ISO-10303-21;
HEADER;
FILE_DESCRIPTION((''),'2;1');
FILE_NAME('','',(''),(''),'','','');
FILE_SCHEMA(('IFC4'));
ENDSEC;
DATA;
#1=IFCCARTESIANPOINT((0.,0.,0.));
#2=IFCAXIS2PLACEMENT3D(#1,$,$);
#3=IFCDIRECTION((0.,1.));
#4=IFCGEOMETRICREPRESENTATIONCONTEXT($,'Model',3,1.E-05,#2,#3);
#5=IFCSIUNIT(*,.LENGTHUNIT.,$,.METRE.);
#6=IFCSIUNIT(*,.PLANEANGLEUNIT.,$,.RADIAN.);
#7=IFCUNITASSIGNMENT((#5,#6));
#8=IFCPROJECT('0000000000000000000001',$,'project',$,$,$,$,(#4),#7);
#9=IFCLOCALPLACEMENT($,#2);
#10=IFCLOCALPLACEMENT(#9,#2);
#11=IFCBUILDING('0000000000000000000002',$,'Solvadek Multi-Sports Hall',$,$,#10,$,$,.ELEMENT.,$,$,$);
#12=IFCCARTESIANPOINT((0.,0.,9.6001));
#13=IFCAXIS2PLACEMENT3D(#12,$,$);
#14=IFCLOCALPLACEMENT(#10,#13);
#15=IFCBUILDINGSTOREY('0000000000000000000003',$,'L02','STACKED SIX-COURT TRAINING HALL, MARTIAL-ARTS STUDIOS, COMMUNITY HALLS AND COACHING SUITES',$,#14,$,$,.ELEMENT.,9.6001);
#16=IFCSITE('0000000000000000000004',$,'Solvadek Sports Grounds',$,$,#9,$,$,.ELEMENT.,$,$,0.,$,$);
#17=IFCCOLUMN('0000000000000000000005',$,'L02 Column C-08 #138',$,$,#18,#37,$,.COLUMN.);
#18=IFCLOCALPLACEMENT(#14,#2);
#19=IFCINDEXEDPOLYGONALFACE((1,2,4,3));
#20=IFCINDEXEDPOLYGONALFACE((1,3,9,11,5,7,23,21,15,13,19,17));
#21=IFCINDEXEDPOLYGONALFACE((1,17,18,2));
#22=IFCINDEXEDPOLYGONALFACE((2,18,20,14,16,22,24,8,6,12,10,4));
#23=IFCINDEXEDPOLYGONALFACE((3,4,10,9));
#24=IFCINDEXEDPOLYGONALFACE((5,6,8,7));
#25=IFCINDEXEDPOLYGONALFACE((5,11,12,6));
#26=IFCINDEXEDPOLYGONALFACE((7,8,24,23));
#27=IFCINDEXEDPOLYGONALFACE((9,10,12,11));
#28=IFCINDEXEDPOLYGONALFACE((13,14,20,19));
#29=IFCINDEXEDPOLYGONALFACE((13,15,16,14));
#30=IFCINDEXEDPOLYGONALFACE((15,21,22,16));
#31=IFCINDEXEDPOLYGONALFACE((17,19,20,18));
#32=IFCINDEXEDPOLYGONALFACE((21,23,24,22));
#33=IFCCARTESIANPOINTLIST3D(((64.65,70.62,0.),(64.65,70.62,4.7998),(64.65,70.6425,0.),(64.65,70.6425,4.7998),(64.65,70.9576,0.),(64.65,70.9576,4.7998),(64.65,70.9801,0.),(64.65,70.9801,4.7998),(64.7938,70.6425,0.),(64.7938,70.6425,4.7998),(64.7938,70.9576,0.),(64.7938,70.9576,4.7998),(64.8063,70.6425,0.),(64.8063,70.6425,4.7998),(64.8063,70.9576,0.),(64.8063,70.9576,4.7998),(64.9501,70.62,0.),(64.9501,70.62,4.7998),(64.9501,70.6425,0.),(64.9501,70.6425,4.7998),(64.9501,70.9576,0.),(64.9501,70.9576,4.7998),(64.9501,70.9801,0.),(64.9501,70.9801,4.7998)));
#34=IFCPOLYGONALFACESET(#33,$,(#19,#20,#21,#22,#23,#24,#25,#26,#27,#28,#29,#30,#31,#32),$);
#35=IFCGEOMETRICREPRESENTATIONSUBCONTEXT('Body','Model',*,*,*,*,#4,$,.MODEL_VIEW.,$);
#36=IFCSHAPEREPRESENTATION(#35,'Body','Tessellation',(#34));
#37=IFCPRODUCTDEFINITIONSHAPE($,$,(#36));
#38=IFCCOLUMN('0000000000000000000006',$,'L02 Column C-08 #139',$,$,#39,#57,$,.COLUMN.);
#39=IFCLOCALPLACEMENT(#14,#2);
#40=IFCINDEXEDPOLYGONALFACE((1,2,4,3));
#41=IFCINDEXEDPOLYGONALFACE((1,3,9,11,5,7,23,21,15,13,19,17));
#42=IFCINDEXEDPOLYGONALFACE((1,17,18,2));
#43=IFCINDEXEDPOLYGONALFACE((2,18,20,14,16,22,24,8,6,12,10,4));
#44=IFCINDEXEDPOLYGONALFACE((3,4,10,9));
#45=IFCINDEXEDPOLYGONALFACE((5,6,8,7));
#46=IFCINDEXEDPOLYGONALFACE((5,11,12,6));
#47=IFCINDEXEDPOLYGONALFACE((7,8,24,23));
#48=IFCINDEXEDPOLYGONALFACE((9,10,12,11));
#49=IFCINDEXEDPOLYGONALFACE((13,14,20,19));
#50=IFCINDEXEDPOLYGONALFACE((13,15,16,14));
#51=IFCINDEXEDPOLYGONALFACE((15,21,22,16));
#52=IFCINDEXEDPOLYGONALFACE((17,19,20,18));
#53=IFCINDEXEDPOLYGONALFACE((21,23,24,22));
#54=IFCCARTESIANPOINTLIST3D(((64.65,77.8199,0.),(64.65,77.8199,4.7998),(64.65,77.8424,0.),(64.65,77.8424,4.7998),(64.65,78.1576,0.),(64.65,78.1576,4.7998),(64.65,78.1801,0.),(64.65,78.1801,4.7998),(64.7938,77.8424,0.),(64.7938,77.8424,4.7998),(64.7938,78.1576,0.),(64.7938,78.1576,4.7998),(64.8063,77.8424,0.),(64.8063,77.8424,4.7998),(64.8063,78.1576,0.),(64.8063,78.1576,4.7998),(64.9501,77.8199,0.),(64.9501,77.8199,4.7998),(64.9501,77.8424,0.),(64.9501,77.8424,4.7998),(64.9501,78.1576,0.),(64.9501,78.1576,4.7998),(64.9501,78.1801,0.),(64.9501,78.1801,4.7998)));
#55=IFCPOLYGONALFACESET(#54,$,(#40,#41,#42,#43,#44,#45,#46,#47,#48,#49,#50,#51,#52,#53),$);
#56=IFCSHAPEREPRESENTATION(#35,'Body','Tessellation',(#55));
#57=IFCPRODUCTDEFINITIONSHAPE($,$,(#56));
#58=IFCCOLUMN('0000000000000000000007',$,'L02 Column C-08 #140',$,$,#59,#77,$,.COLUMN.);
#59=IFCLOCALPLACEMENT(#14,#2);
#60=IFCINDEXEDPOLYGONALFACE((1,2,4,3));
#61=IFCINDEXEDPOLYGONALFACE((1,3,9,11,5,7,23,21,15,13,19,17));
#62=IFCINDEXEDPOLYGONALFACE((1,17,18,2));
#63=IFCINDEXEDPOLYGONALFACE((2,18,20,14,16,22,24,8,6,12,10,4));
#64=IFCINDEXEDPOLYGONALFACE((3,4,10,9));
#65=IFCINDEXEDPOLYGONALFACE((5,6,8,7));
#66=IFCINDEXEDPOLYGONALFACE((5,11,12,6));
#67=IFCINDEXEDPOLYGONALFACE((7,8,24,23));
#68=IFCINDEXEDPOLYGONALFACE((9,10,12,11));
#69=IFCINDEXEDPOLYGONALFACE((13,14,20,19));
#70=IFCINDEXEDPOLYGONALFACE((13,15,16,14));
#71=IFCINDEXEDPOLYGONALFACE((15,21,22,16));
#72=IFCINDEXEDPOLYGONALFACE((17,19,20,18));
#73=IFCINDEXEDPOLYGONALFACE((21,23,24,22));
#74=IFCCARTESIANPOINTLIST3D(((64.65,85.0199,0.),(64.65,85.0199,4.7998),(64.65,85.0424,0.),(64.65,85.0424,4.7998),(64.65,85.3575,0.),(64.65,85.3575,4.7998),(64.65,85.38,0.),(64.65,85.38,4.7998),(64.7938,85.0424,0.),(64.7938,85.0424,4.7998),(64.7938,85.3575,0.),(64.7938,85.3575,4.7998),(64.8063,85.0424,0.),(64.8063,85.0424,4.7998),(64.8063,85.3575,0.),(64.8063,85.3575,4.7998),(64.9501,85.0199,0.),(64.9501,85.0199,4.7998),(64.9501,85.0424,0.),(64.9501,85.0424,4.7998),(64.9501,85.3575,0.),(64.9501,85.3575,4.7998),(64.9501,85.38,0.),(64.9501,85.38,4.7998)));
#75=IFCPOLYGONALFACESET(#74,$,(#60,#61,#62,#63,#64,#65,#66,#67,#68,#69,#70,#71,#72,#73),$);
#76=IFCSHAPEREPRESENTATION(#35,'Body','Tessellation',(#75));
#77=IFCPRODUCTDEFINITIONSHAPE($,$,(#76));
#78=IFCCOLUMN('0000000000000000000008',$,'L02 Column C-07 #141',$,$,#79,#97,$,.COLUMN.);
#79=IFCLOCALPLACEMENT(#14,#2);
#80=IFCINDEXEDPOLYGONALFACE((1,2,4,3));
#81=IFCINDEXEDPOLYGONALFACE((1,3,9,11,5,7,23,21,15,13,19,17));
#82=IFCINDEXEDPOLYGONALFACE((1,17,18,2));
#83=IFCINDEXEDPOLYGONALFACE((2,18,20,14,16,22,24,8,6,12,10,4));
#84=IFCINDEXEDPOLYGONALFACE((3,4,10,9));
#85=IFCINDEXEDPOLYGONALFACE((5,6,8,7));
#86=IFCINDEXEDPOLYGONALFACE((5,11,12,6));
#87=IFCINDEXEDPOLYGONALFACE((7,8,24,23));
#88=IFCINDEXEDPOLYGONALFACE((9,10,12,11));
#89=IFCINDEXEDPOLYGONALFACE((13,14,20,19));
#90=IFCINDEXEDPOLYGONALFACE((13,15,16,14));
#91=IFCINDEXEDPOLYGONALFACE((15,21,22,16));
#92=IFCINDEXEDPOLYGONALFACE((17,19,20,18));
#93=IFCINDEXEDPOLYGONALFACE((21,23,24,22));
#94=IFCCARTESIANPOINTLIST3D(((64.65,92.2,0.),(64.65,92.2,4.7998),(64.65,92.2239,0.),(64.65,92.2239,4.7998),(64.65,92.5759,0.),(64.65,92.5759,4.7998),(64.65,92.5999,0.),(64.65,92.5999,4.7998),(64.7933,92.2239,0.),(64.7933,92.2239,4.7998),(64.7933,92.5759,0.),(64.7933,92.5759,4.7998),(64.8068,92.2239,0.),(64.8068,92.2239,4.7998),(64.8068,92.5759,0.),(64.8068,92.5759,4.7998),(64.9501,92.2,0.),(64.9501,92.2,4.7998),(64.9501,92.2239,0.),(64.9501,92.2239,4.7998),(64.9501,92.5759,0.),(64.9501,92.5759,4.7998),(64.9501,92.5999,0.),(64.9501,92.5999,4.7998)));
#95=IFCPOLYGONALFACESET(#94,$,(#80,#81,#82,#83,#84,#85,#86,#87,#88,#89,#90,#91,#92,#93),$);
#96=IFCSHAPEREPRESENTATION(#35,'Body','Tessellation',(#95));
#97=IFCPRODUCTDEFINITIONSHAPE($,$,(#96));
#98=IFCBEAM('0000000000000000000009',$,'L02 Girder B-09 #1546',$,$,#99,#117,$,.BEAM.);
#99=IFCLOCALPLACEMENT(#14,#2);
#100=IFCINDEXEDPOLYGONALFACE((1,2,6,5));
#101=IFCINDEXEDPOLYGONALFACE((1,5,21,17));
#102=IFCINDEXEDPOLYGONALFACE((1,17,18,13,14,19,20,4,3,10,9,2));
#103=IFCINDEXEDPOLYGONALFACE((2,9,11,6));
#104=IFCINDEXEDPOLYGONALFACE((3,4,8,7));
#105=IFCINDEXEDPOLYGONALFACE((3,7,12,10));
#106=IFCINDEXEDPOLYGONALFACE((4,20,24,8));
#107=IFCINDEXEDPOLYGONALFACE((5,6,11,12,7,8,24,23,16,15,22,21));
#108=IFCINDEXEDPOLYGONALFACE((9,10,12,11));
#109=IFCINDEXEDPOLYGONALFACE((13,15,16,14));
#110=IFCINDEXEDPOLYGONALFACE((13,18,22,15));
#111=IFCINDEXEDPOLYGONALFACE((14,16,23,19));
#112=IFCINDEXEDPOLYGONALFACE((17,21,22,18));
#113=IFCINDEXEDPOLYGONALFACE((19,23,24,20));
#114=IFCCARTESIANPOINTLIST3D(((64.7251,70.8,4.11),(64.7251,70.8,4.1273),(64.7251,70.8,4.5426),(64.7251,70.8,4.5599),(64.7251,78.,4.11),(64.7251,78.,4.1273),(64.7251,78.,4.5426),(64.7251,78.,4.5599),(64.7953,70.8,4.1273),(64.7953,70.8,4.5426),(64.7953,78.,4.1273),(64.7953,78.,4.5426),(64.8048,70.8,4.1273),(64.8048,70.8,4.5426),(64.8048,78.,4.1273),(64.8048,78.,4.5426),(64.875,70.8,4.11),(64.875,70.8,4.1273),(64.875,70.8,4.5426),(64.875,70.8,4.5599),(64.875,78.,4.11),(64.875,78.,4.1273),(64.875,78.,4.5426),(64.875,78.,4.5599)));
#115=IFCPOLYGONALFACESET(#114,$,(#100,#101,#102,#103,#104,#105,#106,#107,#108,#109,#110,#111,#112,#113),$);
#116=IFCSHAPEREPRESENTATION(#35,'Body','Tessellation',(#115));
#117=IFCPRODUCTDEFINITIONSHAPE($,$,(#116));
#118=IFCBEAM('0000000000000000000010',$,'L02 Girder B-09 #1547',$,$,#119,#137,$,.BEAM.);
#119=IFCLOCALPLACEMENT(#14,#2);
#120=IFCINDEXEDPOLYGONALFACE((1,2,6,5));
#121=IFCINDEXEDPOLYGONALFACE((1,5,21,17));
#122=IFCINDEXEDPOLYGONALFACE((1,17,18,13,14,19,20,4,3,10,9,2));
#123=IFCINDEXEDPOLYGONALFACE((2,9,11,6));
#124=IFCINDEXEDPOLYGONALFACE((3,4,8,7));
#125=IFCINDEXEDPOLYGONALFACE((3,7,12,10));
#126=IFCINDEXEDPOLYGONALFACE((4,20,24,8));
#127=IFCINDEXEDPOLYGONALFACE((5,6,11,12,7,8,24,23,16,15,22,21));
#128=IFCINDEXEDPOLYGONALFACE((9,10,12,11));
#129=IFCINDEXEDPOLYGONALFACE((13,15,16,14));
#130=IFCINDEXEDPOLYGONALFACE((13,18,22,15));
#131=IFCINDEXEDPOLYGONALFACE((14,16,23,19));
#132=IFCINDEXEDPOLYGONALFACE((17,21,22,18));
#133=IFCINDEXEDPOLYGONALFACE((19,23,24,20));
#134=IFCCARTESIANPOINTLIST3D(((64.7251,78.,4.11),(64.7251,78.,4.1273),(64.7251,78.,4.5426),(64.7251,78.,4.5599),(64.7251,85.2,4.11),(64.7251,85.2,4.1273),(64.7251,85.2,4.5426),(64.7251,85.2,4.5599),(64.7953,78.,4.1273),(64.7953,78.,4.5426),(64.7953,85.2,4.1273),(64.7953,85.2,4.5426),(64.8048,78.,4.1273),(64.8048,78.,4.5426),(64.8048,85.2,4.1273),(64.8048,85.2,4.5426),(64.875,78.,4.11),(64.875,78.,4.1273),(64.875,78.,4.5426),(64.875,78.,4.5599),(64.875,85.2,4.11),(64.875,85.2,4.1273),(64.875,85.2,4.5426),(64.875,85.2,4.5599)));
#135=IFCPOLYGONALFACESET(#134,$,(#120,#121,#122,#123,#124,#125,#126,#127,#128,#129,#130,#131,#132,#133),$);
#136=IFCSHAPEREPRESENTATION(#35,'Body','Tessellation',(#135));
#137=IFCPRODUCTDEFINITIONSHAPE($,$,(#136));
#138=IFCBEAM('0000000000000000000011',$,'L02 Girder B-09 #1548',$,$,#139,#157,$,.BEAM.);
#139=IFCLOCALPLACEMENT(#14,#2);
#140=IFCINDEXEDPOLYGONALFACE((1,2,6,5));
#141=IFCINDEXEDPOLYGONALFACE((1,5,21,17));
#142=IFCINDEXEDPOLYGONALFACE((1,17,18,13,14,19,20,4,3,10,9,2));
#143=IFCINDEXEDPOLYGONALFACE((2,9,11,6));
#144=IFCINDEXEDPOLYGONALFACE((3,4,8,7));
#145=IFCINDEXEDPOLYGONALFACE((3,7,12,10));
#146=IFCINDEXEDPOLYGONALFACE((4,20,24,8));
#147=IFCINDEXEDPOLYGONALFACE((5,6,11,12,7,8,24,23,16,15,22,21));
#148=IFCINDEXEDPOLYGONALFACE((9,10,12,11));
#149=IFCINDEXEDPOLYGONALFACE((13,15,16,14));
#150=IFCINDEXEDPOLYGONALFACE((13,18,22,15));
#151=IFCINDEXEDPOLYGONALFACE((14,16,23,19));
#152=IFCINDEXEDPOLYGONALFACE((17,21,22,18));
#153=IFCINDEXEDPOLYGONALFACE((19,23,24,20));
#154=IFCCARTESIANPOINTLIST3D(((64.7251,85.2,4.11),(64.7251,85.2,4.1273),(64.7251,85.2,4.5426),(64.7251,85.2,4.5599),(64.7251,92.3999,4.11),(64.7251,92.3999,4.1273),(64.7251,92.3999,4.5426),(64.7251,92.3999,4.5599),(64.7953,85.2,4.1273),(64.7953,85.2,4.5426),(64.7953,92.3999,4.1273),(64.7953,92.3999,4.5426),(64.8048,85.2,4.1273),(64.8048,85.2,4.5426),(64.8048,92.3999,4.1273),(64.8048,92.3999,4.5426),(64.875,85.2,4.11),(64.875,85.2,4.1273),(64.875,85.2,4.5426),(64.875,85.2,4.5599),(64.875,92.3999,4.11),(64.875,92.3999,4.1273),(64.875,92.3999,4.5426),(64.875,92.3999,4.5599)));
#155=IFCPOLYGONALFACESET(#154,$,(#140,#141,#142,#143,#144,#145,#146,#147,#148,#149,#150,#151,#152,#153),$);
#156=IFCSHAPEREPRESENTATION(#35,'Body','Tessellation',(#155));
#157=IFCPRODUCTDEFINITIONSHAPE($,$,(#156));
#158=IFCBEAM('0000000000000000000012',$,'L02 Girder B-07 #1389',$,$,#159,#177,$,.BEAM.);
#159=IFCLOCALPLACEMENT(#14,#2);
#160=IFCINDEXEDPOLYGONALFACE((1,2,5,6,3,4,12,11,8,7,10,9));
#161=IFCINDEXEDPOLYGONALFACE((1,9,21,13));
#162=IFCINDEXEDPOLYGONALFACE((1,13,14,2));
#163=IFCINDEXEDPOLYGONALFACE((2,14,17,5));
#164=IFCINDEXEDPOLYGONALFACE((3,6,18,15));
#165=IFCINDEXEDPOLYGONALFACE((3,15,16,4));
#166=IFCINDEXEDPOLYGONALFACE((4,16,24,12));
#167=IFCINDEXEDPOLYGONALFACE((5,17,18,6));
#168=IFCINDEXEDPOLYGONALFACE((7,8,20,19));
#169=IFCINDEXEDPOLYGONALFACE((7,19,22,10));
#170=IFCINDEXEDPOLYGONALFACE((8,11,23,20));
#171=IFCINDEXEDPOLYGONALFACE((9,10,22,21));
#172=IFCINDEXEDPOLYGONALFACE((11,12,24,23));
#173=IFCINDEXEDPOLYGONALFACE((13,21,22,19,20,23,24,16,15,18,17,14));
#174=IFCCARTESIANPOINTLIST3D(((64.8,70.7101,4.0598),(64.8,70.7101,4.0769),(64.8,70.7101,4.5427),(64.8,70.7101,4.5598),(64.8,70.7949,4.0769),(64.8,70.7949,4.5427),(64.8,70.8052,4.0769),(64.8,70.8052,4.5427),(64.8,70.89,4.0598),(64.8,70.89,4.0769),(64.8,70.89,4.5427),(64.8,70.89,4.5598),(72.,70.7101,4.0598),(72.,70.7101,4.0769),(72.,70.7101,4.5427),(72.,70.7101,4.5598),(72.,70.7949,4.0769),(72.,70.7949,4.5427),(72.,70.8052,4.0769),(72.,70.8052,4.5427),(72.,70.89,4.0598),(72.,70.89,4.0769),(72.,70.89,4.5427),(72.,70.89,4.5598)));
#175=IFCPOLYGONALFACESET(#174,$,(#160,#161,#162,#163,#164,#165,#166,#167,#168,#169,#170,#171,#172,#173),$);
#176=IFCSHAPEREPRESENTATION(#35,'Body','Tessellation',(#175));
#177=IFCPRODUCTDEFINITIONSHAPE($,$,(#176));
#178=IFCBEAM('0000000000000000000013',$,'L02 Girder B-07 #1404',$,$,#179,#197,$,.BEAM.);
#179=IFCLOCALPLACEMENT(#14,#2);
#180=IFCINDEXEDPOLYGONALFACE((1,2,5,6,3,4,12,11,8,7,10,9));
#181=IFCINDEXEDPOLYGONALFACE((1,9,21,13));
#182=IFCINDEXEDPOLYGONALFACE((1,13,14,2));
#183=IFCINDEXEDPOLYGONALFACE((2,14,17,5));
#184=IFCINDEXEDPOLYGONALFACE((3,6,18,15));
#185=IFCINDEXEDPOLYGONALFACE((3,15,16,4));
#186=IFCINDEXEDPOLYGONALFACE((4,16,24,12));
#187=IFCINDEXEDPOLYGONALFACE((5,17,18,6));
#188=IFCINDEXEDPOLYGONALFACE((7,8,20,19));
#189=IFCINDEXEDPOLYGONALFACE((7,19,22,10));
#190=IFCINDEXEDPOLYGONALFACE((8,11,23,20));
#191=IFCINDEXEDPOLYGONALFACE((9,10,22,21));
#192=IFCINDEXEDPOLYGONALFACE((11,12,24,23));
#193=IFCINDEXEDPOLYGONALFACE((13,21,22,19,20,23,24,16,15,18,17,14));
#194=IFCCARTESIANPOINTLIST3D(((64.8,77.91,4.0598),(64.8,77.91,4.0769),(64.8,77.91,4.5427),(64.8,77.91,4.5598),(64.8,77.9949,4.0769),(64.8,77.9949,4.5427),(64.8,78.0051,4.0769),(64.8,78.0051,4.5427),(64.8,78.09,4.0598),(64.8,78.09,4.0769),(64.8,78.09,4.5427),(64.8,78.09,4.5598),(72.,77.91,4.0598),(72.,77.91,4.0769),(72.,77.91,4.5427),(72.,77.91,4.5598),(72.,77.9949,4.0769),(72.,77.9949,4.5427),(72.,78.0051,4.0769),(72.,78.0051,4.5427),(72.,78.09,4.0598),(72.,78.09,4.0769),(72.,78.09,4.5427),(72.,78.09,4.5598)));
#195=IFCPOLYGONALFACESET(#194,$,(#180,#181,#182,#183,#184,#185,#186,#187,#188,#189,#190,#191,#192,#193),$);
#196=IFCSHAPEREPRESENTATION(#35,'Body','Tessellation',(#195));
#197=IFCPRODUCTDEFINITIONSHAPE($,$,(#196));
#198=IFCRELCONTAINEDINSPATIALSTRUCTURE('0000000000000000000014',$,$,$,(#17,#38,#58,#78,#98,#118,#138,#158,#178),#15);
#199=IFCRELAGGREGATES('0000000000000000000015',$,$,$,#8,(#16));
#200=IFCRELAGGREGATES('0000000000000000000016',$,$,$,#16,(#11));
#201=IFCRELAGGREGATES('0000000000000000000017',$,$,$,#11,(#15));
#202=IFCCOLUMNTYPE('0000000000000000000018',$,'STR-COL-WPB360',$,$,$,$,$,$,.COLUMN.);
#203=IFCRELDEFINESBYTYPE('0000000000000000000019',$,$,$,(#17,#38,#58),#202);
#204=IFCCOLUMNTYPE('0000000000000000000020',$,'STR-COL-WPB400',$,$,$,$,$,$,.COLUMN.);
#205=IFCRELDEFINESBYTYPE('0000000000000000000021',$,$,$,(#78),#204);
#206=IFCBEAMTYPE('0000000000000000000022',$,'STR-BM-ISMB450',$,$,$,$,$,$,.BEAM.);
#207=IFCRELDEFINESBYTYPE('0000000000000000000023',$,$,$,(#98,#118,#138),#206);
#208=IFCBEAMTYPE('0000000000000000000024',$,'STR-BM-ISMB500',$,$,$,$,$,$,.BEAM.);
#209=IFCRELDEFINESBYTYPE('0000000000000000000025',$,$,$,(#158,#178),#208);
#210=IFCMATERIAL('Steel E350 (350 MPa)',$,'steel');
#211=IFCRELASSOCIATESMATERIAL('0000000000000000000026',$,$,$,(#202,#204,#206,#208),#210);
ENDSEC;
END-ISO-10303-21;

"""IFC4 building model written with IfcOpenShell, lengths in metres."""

from ifc_helpers import new_model, si_unit, direction, frame, origin, origin_2d, place, context, subcontext, project, spatial, i_section, extrude, material, material_profile, profile_set, type_object, element, save


model = new_model("IFC4")

# Units and contexts
model_context = context("Model", 3, precision=1e-05, world=origin(), true_north=direction((0.0, 1.0)))
body_context = subcontext(model_context, "Body", "Model", "MODEL_VIEW")
ifc_project = project(units=[si_unit("LENGTHUNIT", "METRE"), si_unit("PLANEANGLEUNIT", "RADIAN")], contexts=[model_context])

# Site, building, storey
site_placement = place(None, origin())
site = spatial("IfcSite", under=ifc_project, at=site_placement, Name="Solvadek Sports Grounds", CompositionType="ELEMENT", RefElevation=0.0)
building_placement = place(site_placement, origin())
building = spatial("IfcBuilding", under=site, at=building_placement, Name="Solvadek Multi-Sports Hall", CompositionType="ELEMENT")
storey_placement = place(building_placement, frame((0.0, 0.0, 9.6001)))
storey = spatial("IfcBuildingStorey", under=building, at=storey_placement, Name="L02", Description="STACKED SIX-COURT TRAINING HALL, MARTIAL-ARTS STUDIOS, COMMUNITY HALLS AND COACHING SUITES", CompositionType="ELEMENT", Elevation=9.6001)

# Columns
ifc_material_1 = material(Name="Steel E350 (350 MPa)", Category="steel")
ifc_material_profile_1 = material_profile(ifc_material_1, i_section(OverallWidth=0.3, OverallDepth=0.3601, WebThickness=0.0125, FlangeThickness=0.0225, at=origin_2d()), Name="WPB 360")
ifc_profile_set_1 = profile_set([ifc_material_profile_1], Name="Steel E350 (350 MPa)")
column_type_1 = type_object("IfcColumnType", Name="STR-COL-WPB360", PredefinedType="COLUMN", material=ifc_profile_set_1)
for number, where, z_axis, x_axis, name in (
    (1, (64.8, 70.8, 0.0), (0.0, 0.0, 1.0), (1.0, 0.0, 0.0), "L02 Column C-08 #138"),
    (2, (64.8, 78.0, 0.0), (0.0, 0.0, 1.0), (1.0, 0.0, 0.0), "L02 Column C-08 #139"),
    (3, (64.8, 85.2, 0.0), (0.0, 0.0, 1.0), (1.0, 0.0, 0.0), "L02 Column C-08 #140"),
):
    element("IfcColumn", number, at=place(storey_placement, frame(where, z_axis=z_axis, x_axis=x_axis)), inside=storey, type_object=column_type_1, Name=name, PredefinedType="COLUMN", context=body_context, shape_type="SweptSolid", body=[
        extrude(i_section(OverallWidth=0.3, OverallDepth=0.3601, WebThickness=0.0125, FlangeThickness=0.0225, at=origin_2d()), origin(), (0.0, 0.0, 1.0), 4.7998),
    ])
ifc_material_profile_2 = material_profile(ifc_material_1, i_section(OverallWidth=0.3, OverallDepth=0.3999, WebThickness=0.0134, FlangeThickness=0.0239, at=origin_2d()), Name="WPB 400")
ifc_profile_set_2 = profile_set([ifc_material_profile_2], Name="Steel E350 (350 MPa)")
column_type_2 = type_object("IfcColumnType", Name="STR-COL-WPB400", PredefinedType="COLUMN", material=ifc_profile_set_2)
column_placement = place(storey_placement, frame((64.8, 92.3999, 0.0), z_axis=(0.0, 0.0, 1.0), x_axis=(1.0, 0.0, 0.0)))
element("IfcColumn", 4, at=column_placement, inside=storey, type_object=column_type_2, Name="L02 Column C-07 #141", PredefinedType="COLUMN", context=body_context, shape_type="SweptSolid", body=[
    extrude(i_section(OverallWidth=0.3, OverallDepth=0.3999, WebThickness=0.0134, FlangeThickness=0.0239, at=origin_2d()), origin(), (0.0, 0.0, 1.0), 4.7998),
])

# Beams
ifc_material_profile_3 = material_profile(ifc_material_1, i_section(OverallWidth=0.1499, OverallDepth=0.45, WebThickness=0.0095, FlangeThickness=0.0173, at=origin_2d()), Name="ISMB 450")
ifc_profile_set_3 = profile_set([ifc_material_profile_3], Name="Steel E350 (350 MPa)")
beam_type_1 = type_object("IfcBeamType", Name="STR-BM-ISMB450", PredefinedType="BEAM", material=ifc_profile_set_3)
for number, where, z_axis, x_axis, name in (
    (5, (64.8, 70.8, 4.335), (0.0, 1.0, 0.0), (-1.0, 0.0, 0.0), "L02 Girder B-09 #1546"),
    (6, (64.8, 78.0, 4.335), (0.0, 1.0, 0.0), (-1.0, 0.0, 0.0), "L02 Girder B-09 #1547"),
    (7, (64.8, 85.2, 4.335), (0.0, 1.0, 0.0), (-1.0, 0.0, 0.0), "L02 Girder B-09 #1548"),
):
    element("IfcBeam", number, at=place(storey_placement, frame(where, z_axis=z_axis, x_axis=x_axis)), inside=storey, type_object=beam_type_1, Name=name, PredefinedType="BEAM", context=body_context, shape_type="SweptSolid", body=[
        extrude(i_section(OverallWidth=0.1499, OverallDepth=0.45, WebThickness=0.0095, FlangeThickness=0.0173, at=origin_2d()), origin(), (0.0, 0.0, 1.0), 7.2),
    ])
ifc_material_profile_4 = material_profile(ifc_material_1, i_section(OverallWidth=0.1799, OverallDepth=0.5, WebThickness=0.0103, FlangeThickness=0.0171, at=origin_2d()), Name="ISMB 500")
ifc_profile_set_4 = profile_set([ifc_material_profile_4], Name="Steel E350 (350 MPa)")
beam_type_2 = type_object("IfcBeamType", Name="STR-BM-ISMB500", PredefinedType="BEAM", material=ifc_profile_set_4)
for number, where, z_axis, x_axis, name in (
    (8, (64.8, 70.8, 4.3098), (1.0, 0.0, 0.0), (0.0, 1.0, 0.0), "L02 Girder B-07 #1389"),
    (9, (64.8, 78.0, 4.3098), (1.0, 0.0, 0.0), (0.0, 1.0, 0.0), "L02 Girder B-07 #1404"),
):
    element("IfcBeam", number, at=place(storey_placement, frame(where, z_axis=z_axis, x_axis=x_axis)), inside=storey, type_object=beam_type_2, Name=name, PredefinedType="BEAM", context=body_context, shape_type="SweptSolid", body=[
        extrude(i_section(OverallWidth=0.1799, OverallDepth=0.5, WebThickness=0.0103, FlangeThickness=0.0171, at=origin_2d()), origin(), (0.0, 0.0, 1.0), 7.2),
    ])

save(model, "model.ifc")
